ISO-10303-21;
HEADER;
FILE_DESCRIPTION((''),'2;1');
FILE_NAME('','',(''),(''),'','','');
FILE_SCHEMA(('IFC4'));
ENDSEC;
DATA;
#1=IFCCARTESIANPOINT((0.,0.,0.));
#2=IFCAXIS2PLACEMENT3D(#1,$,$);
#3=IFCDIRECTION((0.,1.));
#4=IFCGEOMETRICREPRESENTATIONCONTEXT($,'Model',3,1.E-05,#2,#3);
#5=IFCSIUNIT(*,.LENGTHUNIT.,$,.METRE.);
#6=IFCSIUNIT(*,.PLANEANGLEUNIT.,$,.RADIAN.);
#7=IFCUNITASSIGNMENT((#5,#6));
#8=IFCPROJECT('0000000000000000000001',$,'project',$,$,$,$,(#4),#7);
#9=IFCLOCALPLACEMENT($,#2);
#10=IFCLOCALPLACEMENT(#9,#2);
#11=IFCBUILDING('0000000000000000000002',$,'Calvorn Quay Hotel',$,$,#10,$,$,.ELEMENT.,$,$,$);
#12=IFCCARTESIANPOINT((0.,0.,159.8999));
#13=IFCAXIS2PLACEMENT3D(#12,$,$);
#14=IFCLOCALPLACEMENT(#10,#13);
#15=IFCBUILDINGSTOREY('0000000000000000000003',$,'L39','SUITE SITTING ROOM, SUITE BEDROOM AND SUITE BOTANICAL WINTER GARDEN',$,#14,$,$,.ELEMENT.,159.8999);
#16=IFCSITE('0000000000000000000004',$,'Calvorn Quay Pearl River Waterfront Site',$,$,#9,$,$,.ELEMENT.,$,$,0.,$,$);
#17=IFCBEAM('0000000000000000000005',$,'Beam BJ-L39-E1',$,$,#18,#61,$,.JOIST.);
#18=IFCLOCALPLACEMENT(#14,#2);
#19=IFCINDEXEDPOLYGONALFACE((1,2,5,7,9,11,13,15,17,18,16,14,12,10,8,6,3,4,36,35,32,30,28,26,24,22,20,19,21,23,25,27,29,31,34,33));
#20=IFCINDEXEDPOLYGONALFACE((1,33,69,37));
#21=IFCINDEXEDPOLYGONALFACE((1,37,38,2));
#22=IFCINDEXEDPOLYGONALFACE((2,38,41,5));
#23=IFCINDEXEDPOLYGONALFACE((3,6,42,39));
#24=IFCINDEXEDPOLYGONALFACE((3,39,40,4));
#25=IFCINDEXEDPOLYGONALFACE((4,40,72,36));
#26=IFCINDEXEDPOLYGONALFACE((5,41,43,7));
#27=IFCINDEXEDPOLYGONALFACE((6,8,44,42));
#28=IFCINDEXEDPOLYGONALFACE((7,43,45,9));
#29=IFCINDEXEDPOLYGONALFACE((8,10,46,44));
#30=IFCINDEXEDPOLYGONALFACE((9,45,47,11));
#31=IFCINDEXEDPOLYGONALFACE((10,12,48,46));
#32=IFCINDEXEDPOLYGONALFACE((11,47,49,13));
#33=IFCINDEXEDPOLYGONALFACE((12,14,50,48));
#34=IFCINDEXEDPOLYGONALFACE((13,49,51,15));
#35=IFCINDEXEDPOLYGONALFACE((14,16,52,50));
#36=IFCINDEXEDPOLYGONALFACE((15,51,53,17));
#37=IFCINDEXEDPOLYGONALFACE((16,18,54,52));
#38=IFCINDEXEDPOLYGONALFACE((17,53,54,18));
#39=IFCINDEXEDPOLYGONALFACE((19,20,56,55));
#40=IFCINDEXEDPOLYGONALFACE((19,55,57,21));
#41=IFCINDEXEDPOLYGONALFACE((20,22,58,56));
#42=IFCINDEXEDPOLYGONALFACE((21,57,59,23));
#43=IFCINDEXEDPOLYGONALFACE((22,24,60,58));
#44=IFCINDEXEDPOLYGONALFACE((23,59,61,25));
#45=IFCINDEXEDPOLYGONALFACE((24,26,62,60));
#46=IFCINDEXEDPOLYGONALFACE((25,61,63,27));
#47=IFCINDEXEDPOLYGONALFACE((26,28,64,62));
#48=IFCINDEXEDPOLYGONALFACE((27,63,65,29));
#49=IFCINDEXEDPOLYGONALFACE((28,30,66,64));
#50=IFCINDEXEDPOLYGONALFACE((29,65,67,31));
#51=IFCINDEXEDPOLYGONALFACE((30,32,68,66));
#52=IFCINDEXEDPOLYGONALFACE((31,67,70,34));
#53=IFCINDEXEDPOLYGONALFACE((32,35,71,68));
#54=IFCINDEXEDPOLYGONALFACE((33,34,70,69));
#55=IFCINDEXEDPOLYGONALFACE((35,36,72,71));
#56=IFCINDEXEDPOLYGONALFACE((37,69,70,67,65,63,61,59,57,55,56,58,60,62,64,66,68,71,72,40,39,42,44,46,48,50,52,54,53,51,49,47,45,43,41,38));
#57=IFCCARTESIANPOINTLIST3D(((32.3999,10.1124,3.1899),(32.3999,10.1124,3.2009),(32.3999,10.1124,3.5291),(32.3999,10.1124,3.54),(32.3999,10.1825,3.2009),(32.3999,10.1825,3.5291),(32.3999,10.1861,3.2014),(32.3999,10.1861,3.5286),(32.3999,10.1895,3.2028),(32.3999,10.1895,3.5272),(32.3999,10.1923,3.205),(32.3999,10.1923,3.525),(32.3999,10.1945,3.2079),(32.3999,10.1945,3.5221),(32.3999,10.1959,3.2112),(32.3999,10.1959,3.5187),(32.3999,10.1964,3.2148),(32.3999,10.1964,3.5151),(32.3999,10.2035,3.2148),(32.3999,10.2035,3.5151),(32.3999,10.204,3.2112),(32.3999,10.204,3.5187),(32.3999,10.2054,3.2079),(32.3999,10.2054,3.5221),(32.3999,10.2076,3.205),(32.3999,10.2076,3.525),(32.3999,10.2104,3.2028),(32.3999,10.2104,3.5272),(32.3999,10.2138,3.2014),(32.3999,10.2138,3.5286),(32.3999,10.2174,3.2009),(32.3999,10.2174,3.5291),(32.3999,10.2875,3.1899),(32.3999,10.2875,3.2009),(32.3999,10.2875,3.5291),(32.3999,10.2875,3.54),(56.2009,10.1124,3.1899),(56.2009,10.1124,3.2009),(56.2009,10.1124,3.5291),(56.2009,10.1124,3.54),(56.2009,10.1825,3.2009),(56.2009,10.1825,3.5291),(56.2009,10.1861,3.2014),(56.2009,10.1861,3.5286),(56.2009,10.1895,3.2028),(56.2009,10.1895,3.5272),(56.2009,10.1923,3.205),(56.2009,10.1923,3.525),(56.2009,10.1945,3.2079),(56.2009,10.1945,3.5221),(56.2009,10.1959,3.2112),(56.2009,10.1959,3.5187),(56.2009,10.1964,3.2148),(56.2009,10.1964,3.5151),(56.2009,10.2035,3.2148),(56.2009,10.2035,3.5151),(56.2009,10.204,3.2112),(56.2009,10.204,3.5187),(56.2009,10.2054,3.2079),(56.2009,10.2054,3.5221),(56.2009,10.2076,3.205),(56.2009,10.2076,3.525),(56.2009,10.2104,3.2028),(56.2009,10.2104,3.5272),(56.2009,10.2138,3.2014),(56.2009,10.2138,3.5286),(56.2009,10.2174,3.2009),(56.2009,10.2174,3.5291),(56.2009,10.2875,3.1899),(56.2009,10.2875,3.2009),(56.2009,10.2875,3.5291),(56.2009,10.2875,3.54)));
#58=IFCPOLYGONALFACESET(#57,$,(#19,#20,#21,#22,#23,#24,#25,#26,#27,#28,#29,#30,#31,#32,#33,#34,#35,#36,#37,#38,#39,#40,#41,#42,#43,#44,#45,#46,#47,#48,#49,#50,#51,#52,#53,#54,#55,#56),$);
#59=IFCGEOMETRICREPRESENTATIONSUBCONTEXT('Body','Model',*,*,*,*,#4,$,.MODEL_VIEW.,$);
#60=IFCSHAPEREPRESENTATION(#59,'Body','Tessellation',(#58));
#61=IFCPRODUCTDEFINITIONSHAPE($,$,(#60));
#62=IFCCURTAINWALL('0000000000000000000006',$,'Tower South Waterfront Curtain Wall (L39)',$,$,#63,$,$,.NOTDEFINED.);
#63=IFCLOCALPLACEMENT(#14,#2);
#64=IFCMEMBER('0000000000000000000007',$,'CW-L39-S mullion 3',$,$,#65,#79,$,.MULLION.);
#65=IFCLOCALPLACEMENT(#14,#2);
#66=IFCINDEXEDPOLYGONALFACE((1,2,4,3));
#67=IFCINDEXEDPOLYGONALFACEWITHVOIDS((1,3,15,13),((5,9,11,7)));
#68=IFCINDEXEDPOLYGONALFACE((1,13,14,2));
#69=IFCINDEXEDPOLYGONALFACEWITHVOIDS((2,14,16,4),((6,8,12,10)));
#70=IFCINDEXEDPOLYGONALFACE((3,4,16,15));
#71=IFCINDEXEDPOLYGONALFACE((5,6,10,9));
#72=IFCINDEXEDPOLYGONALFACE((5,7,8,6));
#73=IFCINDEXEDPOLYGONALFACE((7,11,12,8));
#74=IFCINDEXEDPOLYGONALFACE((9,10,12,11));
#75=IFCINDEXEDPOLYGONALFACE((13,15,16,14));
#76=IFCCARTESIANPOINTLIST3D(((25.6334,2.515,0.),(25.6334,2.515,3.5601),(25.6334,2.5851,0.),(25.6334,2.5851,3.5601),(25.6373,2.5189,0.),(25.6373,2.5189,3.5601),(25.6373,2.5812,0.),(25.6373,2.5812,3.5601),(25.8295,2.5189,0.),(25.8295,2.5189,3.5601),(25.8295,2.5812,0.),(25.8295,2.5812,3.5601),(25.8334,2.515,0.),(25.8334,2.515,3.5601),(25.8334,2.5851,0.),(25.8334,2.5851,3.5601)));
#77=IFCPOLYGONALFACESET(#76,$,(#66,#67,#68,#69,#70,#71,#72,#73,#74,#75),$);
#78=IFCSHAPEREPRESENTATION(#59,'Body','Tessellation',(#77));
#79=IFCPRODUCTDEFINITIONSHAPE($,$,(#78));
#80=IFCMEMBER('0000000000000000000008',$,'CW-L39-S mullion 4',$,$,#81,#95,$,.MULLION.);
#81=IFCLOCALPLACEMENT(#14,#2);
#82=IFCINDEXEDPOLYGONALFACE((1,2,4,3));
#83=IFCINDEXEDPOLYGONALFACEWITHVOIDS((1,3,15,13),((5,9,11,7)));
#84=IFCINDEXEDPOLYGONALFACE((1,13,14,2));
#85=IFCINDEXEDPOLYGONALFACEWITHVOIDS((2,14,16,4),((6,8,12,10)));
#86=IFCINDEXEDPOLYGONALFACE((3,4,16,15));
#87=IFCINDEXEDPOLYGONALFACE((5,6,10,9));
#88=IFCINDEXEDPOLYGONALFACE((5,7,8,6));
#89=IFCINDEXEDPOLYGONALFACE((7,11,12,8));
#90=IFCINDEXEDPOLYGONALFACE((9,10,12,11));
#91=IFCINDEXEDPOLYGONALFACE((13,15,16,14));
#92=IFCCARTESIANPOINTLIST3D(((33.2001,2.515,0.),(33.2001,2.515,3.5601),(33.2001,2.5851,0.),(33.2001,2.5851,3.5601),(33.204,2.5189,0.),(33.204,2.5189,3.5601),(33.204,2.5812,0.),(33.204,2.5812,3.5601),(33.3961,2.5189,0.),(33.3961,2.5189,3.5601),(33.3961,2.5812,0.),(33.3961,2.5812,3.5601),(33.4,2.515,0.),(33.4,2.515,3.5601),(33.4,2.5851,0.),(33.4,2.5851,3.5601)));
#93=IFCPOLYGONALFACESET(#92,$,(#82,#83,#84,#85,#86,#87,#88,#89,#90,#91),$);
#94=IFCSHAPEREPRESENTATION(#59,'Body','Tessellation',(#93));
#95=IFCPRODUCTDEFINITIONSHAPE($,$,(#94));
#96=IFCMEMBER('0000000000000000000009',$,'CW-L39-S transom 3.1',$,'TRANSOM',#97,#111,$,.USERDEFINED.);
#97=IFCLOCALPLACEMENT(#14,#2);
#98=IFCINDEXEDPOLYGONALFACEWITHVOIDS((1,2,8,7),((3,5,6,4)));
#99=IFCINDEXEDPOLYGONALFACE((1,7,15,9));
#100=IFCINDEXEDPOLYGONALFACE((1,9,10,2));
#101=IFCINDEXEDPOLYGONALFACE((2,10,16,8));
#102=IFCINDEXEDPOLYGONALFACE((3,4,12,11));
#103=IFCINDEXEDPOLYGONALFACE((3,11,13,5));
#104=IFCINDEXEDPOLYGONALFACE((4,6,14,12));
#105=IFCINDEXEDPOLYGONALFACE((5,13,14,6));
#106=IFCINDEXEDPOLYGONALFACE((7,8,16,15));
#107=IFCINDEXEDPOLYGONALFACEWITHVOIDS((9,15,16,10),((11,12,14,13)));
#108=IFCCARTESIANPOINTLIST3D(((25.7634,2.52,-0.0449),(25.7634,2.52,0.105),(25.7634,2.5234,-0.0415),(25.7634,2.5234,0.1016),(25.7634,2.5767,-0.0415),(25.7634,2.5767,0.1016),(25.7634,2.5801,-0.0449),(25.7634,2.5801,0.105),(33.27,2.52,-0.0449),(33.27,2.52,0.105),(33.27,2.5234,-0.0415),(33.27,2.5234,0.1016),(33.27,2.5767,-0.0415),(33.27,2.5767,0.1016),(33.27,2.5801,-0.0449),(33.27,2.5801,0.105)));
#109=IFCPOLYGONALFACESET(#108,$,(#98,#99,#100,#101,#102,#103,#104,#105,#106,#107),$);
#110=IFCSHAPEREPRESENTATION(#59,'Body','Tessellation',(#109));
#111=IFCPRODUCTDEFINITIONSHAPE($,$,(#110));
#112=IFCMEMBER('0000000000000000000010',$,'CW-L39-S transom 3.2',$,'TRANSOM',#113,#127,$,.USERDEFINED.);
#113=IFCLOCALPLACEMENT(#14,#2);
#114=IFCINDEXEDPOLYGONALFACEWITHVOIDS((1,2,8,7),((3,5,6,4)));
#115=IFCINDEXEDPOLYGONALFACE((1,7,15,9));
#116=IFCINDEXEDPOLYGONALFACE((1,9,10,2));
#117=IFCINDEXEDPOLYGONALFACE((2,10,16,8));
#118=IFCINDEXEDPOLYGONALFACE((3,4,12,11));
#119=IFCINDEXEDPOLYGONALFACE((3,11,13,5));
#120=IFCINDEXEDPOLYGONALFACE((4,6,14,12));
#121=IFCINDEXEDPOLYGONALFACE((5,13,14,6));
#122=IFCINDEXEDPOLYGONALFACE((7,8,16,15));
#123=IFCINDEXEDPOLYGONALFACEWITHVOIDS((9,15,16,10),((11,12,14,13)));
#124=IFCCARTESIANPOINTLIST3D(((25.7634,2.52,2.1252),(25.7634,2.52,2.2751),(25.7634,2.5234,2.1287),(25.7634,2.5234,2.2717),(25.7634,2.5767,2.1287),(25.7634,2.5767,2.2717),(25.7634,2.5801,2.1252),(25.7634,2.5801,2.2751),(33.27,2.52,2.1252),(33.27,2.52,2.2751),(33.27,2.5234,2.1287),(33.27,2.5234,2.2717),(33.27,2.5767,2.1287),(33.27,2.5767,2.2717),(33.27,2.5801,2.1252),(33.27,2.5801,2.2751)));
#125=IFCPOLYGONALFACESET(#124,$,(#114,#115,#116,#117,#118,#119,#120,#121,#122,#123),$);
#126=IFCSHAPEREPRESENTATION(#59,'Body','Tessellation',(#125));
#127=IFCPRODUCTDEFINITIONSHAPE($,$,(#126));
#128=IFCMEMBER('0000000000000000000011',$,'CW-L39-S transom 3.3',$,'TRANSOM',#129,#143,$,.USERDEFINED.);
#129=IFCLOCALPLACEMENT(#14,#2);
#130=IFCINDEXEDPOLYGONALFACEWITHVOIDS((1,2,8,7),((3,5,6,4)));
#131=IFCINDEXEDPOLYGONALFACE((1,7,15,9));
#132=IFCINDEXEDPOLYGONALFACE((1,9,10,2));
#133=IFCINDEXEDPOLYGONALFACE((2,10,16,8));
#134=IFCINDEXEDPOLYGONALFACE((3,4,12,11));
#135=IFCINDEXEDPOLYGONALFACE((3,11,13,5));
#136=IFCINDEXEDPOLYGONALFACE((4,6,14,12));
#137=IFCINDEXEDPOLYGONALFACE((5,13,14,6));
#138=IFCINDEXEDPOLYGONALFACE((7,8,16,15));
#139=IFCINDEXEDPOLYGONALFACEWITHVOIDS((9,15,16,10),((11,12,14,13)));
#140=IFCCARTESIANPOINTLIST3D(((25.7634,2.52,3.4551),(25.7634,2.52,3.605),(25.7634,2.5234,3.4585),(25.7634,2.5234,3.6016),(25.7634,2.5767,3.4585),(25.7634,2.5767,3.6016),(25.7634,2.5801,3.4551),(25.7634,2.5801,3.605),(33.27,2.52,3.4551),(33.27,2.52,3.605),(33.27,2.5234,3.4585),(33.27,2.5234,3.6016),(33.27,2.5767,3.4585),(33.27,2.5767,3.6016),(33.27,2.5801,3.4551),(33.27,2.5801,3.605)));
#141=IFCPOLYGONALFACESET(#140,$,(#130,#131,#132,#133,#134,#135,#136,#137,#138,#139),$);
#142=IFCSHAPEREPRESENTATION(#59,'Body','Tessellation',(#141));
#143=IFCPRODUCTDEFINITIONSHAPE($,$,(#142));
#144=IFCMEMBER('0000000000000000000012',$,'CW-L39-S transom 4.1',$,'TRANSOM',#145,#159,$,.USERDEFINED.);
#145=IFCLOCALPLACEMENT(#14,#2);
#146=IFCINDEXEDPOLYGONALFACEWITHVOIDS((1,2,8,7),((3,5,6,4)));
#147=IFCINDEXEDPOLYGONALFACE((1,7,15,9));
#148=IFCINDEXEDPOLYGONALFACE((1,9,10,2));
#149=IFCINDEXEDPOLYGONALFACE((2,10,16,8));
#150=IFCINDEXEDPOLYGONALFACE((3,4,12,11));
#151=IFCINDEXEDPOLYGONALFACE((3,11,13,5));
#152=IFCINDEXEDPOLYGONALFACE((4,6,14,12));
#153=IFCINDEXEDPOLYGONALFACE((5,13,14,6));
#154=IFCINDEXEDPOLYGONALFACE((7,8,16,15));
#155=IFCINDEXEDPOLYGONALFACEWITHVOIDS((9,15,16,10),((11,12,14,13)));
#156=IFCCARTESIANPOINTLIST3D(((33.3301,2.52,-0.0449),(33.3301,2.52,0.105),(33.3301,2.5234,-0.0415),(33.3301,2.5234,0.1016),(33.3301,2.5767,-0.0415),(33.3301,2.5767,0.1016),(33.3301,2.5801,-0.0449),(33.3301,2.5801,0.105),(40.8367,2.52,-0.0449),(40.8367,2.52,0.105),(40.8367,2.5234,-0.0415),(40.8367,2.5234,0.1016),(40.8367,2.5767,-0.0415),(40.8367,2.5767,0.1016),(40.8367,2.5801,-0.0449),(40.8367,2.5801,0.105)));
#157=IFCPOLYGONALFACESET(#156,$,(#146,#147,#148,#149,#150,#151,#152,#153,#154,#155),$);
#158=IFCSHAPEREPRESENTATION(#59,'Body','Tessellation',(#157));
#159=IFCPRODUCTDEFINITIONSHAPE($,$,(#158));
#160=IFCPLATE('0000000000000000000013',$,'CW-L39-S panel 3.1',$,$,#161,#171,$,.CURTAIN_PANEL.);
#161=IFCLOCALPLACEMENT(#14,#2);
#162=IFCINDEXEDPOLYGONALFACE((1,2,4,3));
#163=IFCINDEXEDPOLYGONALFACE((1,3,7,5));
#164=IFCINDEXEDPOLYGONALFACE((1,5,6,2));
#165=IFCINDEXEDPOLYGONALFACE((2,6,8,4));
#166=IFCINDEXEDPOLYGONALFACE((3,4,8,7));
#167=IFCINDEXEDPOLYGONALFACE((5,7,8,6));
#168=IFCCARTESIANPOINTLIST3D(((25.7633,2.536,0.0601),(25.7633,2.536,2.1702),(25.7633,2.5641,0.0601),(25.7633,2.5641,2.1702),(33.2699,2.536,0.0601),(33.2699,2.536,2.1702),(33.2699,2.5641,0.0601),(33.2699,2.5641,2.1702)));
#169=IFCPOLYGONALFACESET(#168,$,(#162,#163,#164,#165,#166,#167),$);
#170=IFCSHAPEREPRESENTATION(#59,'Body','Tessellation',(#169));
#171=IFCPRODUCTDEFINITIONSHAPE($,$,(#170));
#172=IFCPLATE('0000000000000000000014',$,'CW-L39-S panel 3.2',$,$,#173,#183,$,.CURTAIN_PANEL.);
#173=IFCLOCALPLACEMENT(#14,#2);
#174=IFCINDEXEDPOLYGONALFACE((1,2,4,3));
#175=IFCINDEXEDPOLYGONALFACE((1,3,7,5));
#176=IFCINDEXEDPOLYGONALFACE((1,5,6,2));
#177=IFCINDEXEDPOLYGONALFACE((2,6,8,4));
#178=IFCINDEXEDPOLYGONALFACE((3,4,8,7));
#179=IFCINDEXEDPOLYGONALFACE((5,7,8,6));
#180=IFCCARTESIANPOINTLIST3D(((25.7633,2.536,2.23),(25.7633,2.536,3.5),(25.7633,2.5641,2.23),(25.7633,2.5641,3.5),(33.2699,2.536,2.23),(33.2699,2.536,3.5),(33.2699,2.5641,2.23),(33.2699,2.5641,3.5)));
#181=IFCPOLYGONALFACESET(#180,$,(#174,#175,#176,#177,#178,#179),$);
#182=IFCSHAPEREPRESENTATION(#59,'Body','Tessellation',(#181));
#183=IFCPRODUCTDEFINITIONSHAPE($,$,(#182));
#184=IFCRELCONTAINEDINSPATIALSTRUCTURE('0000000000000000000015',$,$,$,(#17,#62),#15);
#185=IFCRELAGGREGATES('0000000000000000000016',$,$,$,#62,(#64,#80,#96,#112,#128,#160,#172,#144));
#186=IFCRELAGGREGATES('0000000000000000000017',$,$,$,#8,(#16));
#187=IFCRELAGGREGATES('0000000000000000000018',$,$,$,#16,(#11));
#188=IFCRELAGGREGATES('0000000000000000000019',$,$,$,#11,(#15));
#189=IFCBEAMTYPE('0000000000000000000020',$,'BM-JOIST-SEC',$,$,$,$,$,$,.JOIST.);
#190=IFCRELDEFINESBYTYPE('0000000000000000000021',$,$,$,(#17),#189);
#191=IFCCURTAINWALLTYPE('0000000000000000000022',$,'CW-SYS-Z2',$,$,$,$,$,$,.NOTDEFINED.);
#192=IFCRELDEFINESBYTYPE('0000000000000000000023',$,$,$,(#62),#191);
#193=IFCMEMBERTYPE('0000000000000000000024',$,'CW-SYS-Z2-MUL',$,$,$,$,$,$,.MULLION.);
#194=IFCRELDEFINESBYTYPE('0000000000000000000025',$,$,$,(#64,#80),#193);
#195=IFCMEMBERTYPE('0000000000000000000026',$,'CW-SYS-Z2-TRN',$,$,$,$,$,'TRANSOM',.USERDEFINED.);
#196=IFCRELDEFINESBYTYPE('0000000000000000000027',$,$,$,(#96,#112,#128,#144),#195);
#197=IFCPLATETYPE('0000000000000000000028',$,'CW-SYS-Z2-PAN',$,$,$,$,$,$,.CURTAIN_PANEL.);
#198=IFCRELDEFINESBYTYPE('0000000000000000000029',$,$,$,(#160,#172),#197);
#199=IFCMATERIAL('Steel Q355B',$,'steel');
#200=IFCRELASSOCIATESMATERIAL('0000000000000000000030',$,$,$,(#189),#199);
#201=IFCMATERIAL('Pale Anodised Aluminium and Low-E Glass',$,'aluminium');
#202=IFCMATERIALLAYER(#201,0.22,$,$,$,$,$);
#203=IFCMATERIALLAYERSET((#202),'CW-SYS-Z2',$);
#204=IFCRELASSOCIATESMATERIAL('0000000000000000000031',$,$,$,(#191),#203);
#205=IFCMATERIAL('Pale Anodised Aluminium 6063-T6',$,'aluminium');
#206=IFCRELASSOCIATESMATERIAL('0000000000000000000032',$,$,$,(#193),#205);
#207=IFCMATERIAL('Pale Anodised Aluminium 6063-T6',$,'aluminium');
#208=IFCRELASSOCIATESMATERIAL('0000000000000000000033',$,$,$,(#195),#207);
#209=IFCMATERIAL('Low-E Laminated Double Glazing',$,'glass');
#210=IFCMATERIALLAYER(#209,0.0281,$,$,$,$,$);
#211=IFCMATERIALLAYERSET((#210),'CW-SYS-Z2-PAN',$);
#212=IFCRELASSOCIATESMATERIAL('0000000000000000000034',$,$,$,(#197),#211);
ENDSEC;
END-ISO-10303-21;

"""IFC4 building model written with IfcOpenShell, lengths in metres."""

from ifc_helpers import new_model, si_unit, direction, frame, origin, origin_2d, place, context, subcontext, project, spatial, rectangle, hollow_rectangle, i_section, extrude, material, layer, layer_set, material_profile, profile_set, type_object, element, aggregate, save


model = new_model("IFC4")

# Units and contexts
model_context = context("Model", 3, precision=1e-05, world=origin(), true_north=direction((0.0, 1.0)))
body_context = subcontext(model_context, "Body", "Model", "MODEL_VIEW")
ifc_project = project(units=[si_unit("LENGTHUNIT", "METRE"), si_unit("PLANEANGLEUNIT", "RADIAN")], contexts=[model_context])

# Site, building, storey
site_placement = place(None, origin())
site = spatial("IfcSite", under=ifc_project, at=site_placement, Name="Calvorn Quay Pearl River Waterfront Site", CompositionType="ELEMENT", RefElevation=0.0)
building_placement = place(site_placement, origin())
building = spatial("IfcBuilding", under=site, at=building_placement, Name="Calvorn Quay Hotel", CompositionType="ELEMENT")
storey_placement = place(building_placement, frame((0.0, 0.0, 159.8999)))
storey = spatial("IfcBuildingStorey", under=building, at=storey_placement, Name="L39", Description="SUITE SITTING ROOM, SUITE BEDROOM AND SUITE BOTANICAL WINTER GARDEN", CompositionType="ELEMENT", Elevation=159.8999)

# Beam
ifc_material_1 = material(Name="Steel Q355B", Category="steel")
ifc_material_profile_1 = material_profile(ifc_material_1, i_section(OverallWidth=0.175, OverallDepth=0.3501, WebThickness=0.0071, FlangeThickness=0.011, FilletRadius=0.0139, at=origin_2d()), Name="HN350x175x7x11")
ifc_profile_set_1 = profile_set([ifc_material_profile_1], Name="Steel Q355B")
beam_type = type_object("IfcBeamType", Name="BM-JOIST-SEC", PredefinedType="JOIST", material=ifc_profile_set_1)
beam_placement = place(storey_placement, frame((32.3999, 10.2, 3.365), z_axis=(1.0, 0.0, 0.0), x_axis=(0.0, 1.0, 0.0)))
element("IfcBeam", 1, at=beam_placement, inside=storey, type_object=beam_type, Name="Beam BJ-L39-E1", PredefinedType="JOIST", context=body_context, shape_type="SweptSolid", body=[
    extrude(i_section(OverallWidth=0.175, OverallDepth=0.3501, WebThickness=0.0071, FlangeThickness=0.011, FilletRadius=0.0139, at=origin_2d()), origin(), (0.0, 0.0, 1.0), 23.801),
])

# Curtain wall, members, plates
ifc_material_2 = material(Name="Pale Anodised Aluminium and Low-E Glass", Category="aluminium")
ifc_layer_1 = layer(ifc_material_2, 0.22)
ifc_layer_set_1 = layer_set([ifc_layer_1], Name="CW-SYS-Z2")
curtain_wall_type = type_object("IfcCurtainWallType", Name="CW-SYS-Z2", PredefinedType="NOTDEFINED", material=ifc_layer_set_1)
curtain_wall_placement = place(storey_placement, origin())
curtain_wall = element("IfcCurtainWall", 2, at=curtain_wall_placement, inside=storey, type_object=curtain_wall_type, Name="Tower South Waterfront Curtain Wall (L39)", PredefinedType="NOTDEFINED")
ifc_material_3 = material(Name="Pale Anodised Aluminium 6063-T6", Category="aluminium")
ifc_material_profile_2 = material_profile(ifc_material_3, hollow_rectangle(XDim=0.0701, YDim=0.2, WallThickness=0.0039, at=origin_2d()), Name="ALU-M200x70x4")
ifc_profile_set_2 = profile_set([ifc_material_profile_2], Name="Pale Anodised Aluminium 6063-T6")
member_type_1 = type_object("IfcMemberType", Name="CW-SYS-Z2-MUL", PredefinedType="MULLION", material=ifc_profile_set_2)
member_1_placement = place(storey_placement, frame((25.7334, 2.55, 0.0), z_axis=(0.0, 0.0, 1.0), x_axis=(0.0, 1.0, 0.0)))
member_1 = element("IfcMember", 3, at=member_1_placement, type_object=member_type_1, Name="CW-L39-S mullion 3", PredefinedType="MULLION", context=body_context, shape_type="SweptSolid", body=[
    extrude(hollow_rectangle(XDim=0.0701, YDim=0.2, WallThickness=0.0039, at=origin_2d()), origin(), (0.0, 0.0, 1.0), 3.5601),
])
member_2_placement = place(storey_placement, frame((33.3, 2.55, 0.0), z_axis=(0.0, 0.0, 1.0), x_axis=(0.0, 1.0, 0.0)))
member_2 = element("IfcMember", 4, at=member_2_placement, type_object=member_type_1, Name="CW-L39-S mullion 4", PredefinedType="MULLION", context=body_context, shape_type="SweptSolid", body=[
    extrude(hollow_rectangle(XDim=0.0701, YDim=0.2, WallThickness=0.0039, at=origin_2d()), origin(), (0.0, 0.0, 1.0), 3.5601),
])
ifc_material_4 = material(Name="Pale Anodised Aluminium 6063-T6", Category="aluminium")
ifc_material_profile_3 = material_profile(ifc_material_4, hollow_rectangle(XDim=0.0601, YDim=0.1499, WallThickness=0.0034, at=origin_2d()), Name="ALU-T150x60x3.5")
ifc_profile_set_3 = profile_set([ifc_material_profile_3], Name="Pale Anodised Aluminium 6063-T6")
member_type_2 = type_object("IfcMemberType", Name="CW-SYS-Z2-TRN", ElementType="TRANSOM", PredefinedType="USERDEFINED", material=ifc_profile_set_3)
member_3_placement = place(storey_placement, frame((25.7634, 2.55, 0.03), z_axis=(1.0, 0.0, 0.0), x_axis=(0.0, 1.0, 0.0)))
member_3 = element("IfcMember", 5, at=member_3_placement, type_object=member_type_2, Name="CW-L39-S transom 3.1", ObjectType="TRANSOM", PredefinedType="USERDEFINED", context=body_context, shape_type="SweptSolid", body=[
    extrude(hollow_rectangle(XDim=0.0601, YDim=0.1499, WallThickness=0.0034, at=origin_2d()), origin(), (0.0, 0.0, 1.0), 7.5066),
])
member_4_placement = place(storey_placement, frame((25.7634, 2.55, 2.2002), z_axis=(1.0, 0.0, 0.0), x_axis=(0.0, 1.0, 0.0)))
member_4 = element("IfcMember", 6, at=member_4_placement, type_object=member_type_2, Name="CW-L39-S transom 3.2", ObjectType="TRANSOM", PredefinedType="USERDEFINED", context=body_context, shape_type="SweptSolid", body=[
    extrude(hollow_rectangle(XDim=0.0601, YDim=0.1499, WallThickness=0.0034, at=origin_2d()), origin(), (0.0, 0.0, 1.0), 7.5066),
])
member_5_placement = place(storey_placement, frame((25.7634, 2.55, 3.53), z_axis=(1.0, 0.0, 0.0), x_axis=(0.0, 1.0, 0.0)))
member_5 = element("IfcMember", 7, at=member_5_placement, type_object=member_type_2, Name="CW-L39-S transom 3.3", ObjectType="TRANSOM", PredefinedType="USERDEFINED", context=body_context, shape_type="SweptSolid", body=[
    extrude(hollow_rectangle(XDim=0.0601, YDim=0.1499, WallThickness=0.0034, at=origin_2d()), origin(), (0.0, 0.0, 1.0), 7.5066),
])
member_6_placement = place(storey_placement, frame((33.3301, 2.55, 0.03), z_axis=(1.0, 0.0, 0.0), x_axis=(0.0, 1.0, 0.0)))
member_6 = element("IfcMember", 8, at=member_6_placement, type_object=member_type_2, Name="CW-L39-S transom 4.1", ObjectType="TRANSOM", PredefinedType="USERDEFINED", context=body_context, shape_type="SweptSolid", body=[
    extrude(hollow_rectangle(XDim=0.0601, YDim=0.1499, WallThickness=0.0034, at=origin_2d()), origin(), (0.0, 0.0, 1.0), 7.5066),
])
ifc_material_5 = material(Name="Low-E Laminated Double Glazing", Category="glass")
ifc_layer_2 = layer(ifc_material_5, 0.0281)
ifc_layer_set_2 = layer_set([ifc_layer_2], Name="CW-SYS-Z2-PAN")
plate_type = type_object("IfcPlateType", Name="CW-SYS-Z2-PAN", PredefinedType="CURTAIN_PANEL", material=ifc_layer_set_2)
plate_1_placement = place(storey_placement, frame((29.5166, 2.55, 0.0601), z_axis=(0.0, 0.0, 1.0), x_axis=(1.0, 0.0, 0.0)))
plate_1 = element("IfcPlate", 9, at=plate_1_placement, type_object=plate_type, Name="CW-L39-S panel 3.1", PredefinedType="CURTAIN_PANEL", context=body_context, shape_type="SweptSolid", body=[
    extrude(rectangle(XDim=7.5066, YDim=0.0281, at=origin_2d()), origin(), (0.0, 0.0, 1.0), 2.1101),
])
plate_2_placement = place(storey_placement, frame((29.5166, 2.55, 2.23), z_axis=(0.0, 0.0, 1.0), x_axis=(1.0, 0.0, 0.0)))
plate_2 = element("IfcPlate", 10, at=plate_2_placement, type_object=plate_type, Name="CW-L39-S panel 3.2", PredefinedType="CURTAIN_PANEL", context=body_context, shape_type="SweptSolid", body=[
    extrude(rectangle(XDim=7.5066, YDim=0.0281, at=origin_2d()), origin(), (0.0, 0.0, 1.0), 1.27),
])
aggregate(curtain_wall, [member_1, member_2, member_3, member_4, member_5, plate_1, plate_2, member_6])

save(model, "model.ifc")
